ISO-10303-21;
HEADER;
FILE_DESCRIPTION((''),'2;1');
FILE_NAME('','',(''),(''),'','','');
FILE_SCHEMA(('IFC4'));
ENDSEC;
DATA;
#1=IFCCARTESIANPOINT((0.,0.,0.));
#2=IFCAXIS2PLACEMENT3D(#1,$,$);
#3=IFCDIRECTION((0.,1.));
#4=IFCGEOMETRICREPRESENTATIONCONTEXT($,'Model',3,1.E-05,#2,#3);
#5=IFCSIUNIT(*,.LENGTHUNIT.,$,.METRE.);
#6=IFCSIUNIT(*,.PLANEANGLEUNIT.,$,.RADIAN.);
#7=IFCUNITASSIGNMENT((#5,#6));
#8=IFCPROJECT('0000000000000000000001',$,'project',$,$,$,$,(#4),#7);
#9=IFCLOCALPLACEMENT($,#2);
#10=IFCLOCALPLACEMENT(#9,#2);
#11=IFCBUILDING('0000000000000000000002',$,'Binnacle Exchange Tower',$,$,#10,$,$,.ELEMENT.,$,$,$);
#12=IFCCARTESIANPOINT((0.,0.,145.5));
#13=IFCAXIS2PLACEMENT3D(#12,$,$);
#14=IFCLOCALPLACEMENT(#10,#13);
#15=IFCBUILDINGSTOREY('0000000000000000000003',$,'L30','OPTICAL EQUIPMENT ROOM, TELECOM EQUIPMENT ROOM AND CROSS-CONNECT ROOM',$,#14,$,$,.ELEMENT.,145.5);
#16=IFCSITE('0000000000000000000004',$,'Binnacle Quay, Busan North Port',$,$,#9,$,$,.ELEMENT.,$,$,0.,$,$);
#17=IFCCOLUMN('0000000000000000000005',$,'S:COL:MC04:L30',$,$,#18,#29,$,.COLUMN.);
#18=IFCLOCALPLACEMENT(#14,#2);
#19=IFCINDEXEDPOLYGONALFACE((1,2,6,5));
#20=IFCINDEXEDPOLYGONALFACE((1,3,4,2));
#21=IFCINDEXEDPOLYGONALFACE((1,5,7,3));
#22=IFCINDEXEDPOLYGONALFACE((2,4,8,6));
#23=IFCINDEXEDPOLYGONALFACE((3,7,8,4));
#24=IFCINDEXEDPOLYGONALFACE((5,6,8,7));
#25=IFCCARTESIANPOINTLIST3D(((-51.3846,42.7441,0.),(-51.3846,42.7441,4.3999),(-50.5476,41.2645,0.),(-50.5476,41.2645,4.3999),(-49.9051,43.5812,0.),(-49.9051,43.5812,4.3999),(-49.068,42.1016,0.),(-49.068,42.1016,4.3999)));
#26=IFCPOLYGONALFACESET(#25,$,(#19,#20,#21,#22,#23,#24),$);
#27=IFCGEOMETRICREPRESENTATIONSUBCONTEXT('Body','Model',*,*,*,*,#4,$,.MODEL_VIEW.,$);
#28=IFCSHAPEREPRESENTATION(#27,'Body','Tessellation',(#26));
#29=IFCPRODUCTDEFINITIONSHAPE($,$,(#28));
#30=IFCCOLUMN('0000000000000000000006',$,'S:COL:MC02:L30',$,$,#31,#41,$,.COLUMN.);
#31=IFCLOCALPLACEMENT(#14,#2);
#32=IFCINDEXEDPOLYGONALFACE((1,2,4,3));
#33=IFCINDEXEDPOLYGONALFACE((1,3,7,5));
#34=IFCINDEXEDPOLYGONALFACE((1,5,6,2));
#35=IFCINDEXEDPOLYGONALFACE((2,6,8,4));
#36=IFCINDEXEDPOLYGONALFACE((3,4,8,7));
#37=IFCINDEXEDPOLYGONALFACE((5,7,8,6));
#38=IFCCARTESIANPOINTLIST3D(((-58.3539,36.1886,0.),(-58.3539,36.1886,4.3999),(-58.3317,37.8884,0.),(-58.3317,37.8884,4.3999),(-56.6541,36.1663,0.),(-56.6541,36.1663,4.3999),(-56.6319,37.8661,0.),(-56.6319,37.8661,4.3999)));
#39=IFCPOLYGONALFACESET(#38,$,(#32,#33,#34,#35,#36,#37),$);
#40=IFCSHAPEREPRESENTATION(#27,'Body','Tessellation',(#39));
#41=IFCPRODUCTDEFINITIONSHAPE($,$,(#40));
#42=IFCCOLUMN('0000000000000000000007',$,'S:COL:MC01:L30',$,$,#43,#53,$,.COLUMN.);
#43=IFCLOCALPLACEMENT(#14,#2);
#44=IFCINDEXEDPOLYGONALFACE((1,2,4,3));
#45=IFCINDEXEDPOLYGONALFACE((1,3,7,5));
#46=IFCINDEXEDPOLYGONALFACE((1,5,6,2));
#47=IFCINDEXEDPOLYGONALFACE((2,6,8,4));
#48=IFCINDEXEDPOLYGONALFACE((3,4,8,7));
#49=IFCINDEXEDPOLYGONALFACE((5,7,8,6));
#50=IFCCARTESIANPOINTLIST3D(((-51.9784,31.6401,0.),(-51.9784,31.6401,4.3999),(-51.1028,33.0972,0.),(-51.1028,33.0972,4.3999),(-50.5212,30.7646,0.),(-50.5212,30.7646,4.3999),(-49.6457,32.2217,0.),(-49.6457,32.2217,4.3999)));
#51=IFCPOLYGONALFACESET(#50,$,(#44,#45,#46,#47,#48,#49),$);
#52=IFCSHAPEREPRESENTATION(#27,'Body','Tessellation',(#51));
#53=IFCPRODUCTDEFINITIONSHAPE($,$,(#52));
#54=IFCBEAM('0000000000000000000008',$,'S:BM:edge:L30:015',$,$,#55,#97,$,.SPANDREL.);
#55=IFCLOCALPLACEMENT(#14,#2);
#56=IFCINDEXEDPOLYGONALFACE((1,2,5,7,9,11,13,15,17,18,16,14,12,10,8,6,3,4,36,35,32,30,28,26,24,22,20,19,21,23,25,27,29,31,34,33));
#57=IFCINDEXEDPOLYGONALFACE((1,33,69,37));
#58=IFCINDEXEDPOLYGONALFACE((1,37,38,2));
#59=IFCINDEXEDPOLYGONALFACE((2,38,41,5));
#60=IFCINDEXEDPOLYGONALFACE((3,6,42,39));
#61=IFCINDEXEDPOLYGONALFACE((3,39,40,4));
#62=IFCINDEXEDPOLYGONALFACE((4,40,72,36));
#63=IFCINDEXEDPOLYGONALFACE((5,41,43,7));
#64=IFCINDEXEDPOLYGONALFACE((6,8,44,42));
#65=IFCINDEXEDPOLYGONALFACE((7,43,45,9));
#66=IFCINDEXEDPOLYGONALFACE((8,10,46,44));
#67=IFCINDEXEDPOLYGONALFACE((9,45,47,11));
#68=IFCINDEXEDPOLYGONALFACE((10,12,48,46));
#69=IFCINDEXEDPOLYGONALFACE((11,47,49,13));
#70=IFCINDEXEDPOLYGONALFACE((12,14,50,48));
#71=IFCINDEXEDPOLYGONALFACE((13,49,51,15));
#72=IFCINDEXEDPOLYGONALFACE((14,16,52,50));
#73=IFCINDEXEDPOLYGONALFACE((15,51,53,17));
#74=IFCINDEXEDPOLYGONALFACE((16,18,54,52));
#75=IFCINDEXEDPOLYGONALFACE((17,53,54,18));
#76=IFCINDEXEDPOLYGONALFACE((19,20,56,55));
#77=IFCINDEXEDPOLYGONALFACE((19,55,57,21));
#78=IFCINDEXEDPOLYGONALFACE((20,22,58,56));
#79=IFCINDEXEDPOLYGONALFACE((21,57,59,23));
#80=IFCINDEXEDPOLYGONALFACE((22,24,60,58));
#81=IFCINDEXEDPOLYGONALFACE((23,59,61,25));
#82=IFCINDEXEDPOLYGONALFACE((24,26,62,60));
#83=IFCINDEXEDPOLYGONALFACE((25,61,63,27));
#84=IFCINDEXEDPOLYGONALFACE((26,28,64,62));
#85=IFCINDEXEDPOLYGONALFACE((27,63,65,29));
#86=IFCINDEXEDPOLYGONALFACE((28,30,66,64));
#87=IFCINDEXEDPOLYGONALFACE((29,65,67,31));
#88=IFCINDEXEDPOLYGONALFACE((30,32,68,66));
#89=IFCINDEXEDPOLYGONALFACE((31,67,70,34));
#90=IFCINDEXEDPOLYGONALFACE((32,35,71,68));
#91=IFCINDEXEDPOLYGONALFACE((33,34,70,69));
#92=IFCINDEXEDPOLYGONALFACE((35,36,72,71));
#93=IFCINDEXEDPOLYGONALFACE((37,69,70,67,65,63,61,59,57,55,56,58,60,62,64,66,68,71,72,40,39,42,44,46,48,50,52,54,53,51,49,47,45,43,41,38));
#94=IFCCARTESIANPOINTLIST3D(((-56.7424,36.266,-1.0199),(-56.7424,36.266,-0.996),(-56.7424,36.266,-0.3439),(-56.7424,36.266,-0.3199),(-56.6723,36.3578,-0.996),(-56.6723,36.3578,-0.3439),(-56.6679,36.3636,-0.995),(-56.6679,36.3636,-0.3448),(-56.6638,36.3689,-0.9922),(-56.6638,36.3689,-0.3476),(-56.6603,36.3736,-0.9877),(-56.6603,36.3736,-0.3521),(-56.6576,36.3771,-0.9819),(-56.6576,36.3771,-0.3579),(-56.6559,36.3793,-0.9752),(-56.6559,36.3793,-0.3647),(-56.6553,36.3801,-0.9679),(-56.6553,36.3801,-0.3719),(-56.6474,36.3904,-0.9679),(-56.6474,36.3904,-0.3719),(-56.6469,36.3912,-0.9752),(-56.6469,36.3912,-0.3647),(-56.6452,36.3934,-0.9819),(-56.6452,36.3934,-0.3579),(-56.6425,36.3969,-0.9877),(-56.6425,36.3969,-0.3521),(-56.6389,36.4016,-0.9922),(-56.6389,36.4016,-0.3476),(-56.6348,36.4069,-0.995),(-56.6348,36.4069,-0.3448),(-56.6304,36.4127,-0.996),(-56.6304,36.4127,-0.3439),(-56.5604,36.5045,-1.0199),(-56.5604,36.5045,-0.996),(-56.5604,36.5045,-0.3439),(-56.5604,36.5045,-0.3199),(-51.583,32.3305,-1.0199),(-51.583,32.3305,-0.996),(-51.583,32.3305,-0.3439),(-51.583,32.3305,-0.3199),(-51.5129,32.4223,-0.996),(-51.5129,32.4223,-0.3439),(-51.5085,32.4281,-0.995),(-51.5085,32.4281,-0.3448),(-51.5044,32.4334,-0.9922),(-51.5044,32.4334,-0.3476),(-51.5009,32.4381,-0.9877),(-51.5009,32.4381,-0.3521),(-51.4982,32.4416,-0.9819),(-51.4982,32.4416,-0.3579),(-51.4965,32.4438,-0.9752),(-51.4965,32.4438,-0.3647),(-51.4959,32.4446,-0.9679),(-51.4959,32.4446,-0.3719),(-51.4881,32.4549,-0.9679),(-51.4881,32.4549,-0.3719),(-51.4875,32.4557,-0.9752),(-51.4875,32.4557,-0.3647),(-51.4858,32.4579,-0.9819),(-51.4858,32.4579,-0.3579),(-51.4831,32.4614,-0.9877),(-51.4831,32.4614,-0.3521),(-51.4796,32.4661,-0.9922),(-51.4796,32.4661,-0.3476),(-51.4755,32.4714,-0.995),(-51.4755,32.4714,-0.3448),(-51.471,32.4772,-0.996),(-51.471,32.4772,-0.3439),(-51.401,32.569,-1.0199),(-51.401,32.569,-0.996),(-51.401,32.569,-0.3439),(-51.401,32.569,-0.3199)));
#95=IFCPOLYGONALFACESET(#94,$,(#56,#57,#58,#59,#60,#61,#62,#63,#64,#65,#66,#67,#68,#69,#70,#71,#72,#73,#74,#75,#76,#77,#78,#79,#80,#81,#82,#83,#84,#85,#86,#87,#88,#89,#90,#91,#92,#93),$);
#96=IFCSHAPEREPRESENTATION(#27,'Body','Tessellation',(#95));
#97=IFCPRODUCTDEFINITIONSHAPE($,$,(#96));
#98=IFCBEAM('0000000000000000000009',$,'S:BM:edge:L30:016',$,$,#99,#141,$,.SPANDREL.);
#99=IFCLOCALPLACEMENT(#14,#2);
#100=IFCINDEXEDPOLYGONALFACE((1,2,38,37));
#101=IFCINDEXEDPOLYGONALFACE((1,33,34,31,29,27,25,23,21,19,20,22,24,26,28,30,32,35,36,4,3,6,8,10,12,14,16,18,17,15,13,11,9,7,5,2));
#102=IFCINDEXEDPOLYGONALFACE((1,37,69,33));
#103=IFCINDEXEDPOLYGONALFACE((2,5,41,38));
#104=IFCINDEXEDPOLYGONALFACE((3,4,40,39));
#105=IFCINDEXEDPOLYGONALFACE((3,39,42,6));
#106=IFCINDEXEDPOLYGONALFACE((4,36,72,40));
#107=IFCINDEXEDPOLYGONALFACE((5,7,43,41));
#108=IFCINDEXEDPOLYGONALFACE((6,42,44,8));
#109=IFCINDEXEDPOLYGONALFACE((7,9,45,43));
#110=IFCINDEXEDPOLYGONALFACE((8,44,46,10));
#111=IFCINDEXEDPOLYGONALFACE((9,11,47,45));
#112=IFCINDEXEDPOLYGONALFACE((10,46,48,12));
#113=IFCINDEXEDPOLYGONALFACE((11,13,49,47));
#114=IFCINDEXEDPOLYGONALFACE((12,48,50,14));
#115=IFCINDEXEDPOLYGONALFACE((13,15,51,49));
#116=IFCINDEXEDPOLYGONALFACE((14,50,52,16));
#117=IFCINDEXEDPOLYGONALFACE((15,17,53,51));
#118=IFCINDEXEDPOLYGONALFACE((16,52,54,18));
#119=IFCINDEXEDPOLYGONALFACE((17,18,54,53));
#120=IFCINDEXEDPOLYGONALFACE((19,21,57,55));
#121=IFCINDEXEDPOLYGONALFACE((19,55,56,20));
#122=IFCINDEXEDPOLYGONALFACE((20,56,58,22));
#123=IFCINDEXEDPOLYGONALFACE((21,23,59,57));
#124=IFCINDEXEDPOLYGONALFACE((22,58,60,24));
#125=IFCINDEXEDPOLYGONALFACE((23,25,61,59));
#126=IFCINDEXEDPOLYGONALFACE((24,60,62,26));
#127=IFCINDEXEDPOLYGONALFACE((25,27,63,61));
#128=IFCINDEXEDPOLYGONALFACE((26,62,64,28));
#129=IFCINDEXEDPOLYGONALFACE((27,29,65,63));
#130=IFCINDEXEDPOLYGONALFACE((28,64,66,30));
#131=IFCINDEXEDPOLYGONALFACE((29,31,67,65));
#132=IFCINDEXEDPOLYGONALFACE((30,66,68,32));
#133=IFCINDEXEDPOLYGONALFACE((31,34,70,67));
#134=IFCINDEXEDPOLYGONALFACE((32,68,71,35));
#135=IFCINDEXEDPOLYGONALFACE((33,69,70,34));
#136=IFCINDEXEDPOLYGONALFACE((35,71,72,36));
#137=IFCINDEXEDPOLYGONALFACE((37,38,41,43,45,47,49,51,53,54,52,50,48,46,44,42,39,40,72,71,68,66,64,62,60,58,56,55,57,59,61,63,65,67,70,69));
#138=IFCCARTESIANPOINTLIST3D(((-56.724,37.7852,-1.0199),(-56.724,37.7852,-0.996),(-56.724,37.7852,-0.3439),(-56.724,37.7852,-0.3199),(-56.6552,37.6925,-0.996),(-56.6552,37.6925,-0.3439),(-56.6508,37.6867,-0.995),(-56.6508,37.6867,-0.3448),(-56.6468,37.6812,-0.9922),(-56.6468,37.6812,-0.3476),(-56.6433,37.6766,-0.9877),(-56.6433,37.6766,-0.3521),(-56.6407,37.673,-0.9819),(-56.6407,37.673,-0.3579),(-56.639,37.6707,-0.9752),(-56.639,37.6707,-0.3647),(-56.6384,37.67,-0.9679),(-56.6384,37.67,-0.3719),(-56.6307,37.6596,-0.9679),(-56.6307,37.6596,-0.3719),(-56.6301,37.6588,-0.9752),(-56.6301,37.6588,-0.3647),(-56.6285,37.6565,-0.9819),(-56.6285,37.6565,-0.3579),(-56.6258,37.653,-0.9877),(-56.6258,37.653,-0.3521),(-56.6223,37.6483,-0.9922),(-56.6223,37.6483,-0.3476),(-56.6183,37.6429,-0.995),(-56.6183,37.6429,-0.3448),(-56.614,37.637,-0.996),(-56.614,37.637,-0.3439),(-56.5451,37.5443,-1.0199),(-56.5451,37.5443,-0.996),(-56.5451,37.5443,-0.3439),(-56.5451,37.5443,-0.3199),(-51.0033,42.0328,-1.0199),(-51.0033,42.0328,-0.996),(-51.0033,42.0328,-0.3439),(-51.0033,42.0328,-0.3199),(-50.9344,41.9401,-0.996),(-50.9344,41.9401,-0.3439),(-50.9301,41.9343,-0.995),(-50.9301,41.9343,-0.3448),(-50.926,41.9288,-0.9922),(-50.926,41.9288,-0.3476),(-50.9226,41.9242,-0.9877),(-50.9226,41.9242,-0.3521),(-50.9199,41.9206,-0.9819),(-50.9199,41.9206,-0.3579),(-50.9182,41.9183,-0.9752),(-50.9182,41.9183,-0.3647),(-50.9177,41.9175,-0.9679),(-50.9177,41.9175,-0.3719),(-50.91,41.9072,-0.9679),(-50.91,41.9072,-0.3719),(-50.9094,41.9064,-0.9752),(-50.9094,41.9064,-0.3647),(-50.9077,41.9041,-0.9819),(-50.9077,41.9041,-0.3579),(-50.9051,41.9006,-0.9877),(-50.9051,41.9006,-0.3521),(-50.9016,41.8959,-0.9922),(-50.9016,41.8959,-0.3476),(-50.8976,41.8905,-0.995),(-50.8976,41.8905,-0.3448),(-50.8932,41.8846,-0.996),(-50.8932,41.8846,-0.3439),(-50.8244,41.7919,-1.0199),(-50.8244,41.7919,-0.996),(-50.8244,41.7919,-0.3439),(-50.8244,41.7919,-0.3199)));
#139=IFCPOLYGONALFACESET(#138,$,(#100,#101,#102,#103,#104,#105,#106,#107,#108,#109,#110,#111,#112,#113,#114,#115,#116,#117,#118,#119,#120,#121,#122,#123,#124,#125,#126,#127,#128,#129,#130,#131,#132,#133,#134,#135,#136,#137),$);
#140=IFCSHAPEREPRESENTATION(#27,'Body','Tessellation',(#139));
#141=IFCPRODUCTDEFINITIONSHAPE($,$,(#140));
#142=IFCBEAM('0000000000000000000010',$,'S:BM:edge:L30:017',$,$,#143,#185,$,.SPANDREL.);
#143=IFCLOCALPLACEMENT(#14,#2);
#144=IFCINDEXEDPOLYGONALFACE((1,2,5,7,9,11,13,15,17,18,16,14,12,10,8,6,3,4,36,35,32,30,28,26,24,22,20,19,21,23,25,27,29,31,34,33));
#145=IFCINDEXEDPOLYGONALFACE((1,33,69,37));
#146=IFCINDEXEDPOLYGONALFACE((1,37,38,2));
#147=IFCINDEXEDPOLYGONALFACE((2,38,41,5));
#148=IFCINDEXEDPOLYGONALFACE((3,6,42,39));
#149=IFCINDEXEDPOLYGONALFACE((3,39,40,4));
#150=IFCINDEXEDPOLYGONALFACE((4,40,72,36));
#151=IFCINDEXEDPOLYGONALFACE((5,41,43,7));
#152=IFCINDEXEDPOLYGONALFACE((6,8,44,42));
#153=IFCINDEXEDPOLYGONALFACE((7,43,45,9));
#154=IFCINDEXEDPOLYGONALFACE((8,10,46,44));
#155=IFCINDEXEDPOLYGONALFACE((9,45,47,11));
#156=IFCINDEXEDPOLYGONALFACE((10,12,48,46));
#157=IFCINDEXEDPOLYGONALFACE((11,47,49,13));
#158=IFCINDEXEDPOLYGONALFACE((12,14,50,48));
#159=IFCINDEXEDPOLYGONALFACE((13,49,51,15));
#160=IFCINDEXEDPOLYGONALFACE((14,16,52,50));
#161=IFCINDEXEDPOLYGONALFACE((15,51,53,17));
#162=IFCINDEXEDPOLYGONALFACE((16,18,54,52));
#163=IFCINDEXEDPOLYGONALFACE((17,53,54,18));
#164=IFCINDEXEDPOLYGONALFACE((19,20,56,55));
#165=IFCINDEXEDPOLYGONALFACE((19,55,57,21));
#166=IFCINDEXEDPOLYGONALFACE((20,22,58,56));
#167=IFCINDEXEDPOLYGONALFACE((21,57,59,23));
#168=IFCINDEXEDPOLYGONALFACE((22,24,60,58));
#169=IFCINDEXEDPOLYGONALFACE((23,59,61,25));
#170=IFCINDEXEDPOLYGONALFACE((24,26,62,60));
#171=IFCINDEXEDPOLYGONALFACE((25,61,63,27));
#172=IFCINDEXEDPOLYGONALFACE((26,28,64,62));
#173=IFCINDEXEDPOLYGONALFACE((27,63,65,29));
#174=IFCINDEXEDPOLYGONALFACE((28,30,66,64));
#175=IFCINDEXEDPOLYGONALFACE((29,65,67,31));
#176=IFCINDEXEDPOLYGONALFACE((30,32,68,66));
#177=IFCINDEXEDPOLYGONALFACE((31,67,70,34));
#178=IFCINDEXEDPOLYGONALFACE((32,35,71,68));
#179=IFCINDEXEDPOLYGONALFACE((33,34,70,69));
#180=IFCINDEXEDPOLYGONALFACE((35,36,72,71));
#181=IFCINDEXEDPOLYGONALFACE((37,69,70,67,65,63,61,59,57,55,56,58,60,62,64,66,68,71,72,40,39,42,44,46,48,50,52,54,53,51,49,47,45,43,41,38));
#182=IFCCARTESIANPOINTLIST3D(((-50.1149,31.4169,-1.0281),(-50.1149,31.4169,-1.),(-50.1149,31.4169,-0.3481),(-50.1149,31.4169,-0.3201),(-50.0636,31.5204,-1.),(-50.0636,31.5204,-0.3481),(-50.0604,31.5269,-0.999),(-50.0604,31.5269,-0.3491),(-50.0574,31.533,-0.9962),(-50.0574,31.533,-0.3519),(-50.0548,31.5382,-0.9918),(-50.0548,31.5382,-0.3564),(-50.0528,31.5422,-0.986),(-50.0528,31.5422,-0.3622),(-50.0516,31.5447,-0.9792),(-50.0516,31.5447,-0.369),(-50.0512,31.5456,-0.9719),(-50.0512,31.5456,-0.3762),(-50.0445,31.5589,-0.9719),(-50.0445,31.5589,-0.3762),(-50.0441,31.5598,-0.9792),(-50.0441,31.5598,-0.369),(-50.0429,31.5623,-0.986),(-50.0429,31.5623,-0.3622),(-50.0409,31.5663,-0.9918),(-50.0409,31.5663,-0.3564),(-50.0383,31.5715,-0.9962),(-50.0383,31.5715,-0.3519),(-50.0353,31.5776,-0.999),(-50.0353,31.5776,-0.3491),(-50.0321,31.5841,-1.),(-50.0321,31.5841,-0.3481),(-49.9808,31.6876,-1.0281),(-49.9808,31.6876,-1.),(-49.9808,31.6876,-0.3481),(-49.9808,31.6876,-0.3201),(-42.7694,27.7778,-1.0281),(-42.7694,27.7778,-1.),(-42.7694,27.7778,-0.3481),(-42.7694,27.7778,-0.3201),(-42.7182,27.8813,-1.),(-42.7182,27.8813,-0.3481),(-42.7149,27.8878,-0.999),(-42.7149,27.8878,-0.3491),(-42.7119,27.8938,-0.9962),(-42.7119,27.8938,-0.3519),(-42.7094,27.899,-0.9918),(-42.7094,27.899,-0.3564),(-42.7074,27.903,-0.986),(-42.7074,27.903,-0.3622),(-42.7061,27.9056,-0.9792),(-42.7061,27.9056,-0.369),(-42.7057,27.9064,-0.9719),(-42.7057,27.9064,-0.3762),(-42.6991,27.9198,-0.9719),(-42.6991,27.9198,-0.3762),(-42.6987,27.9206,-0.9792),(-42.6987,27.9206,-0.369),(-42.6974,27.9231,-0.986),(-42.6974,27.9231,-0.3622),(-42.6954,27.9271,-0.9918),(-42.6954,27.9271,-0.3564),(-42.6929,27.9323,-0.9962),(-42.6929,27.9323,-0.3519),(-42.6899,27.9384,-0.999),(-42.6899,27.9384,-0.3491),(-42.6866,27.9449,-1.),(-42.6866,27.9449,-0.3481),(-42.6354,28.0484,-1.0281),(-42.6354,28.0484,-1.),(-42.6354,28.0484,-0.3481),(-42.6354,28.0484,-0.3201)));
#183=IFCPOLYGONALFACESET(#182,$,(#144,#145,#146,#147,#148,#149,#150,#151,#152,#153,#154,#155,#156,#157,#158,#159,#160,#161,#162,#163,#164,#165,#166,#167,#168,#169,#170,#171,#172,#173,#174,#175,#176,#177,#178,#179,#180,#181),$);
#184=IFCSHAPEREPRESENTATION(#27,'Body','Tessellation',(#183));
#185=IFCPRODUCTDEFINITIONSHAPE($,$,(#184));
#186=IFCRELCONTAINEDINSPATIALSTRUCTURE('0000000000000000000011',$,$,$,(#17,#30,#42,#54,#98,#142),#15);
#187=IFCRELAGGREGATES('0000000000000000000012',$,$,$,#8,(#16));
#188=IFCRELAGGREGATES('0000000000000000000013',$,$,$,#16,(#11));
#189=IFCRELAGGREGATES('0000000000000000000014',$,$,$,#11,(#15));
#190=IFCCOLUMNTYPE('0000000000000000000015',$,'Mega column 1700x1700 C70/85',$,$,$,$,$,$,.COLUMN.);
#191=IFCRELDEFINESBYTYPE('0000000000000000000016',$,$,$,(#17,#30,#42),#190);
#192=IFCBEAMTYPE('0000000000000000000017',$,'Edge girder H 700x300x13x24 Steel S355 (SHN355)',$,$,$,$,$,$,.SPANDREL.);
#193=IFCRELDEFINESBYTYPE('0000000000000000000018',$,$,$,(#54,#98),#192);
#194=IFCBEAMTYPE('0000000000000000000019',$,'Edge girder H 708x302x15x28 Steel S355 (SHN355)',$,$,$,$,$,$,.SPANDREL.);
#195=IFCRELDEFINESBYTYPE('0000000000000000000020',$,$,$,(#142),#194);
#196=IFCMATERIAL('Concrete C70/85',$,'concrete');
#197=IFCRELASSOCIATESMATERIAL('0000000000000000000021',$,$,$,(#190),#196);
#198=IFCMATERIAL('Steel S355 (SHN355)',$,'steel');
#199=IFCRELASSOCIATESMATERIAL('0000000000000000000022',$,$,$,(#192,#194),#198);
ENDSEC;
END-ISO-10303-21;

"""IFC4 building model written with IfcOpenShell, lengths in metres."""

from ifc_helpers import new_model, si_unit, direction, frame, origin, origin_2d, place, context, subcontext, project, spatial, rectangle, i_section, extrude, material, material_profile, profile_set, type_object, element, save


model = new_model("IFC4")

# Units and contexts
model_context = context("Model", 3, precision=1e-05, world=origin(), true_north=direction((0.0, 1.0)))
body_context = subcontext(model_context, "Body", "Model", "MODEL_VIEW")
ifc_project = project(units=[si_unit("LENGTHUNIT", "METRE"), si_unit("PLANEANGLEUNIT", "RADIAN")], contexts=[model_context])

# Site, building, storey
site_placement = place(None, origin())
site = spatial("IfcSite", under=ifc_project, at=site_placement, Name="Binnacle Quay, Busan North Port", CompositionType="ELEMENT", RefElevation=0.0)
building_placement = place(site_placement, origin())
building = spatial("IfcBuilding", under=site, at=building_placement, Name="Binnacle Exchange Tower", CompositionType="ELEMENT")
storey_placement = place(building_placement, frame((0.0, 0.0, 145.5)))
storey = spatial("IfcBuildingStorey", under=building, at=storey_placement, Name="L30", Description="OPTICAL EQUIPMENT ROOM, TELECOM EQUIPMENT ROOM AND CROSS-CONNECT ROOM", CompositionType="ELEMENT", Elevation=145.5)

# Columns
ifc_material_1 = material(Name="Concrete C70/85", Category="concrete")
ifc_material_profile_1 = material_profile(ifc_material_1, rectangle(XDim=1.7, YDim=1.7, at=origin_2d()), Name="Mega column 1700x1700 C70/85")
ifc_profile_set_1 = profile_set([ifc_material_profile_1], Name="Concrete C70/85")
column_type = type_object("IfcColumnType", Name="Mega column 1700x1700 C70/85", PredefinedType="COLUMN", material=ifc_profile_set_1)
for number, where, z_axis, x_axis, name in (
    (1, (-50.2263, 42.4229, 0.0), (0.0, 0.0, 1.0), (-0.870356, -0.492424, 0.0), "S:COL:MC04:L30"),
    (2, (-57.4929, 37.0273, 0.0), (0.0, 0.0, 1.0), (-0.01309, -0.999914, 0.0), "S:COL:MC02:L30"),
    (3, (-50.812, 31.9309, 0.0), (0.0, 0.0, 1.0), (0.857167, -0.515038, 0.0), "S:COL:MC01:L30"),
):
    element("IfcColumn", number, at=place(storey_placement, frame(where, z_axis=z_axis, x_axis=x_axis)), inside=storey, type_object=column_type, Name=name, PredefinedType="COLUMN", context=body_context, shape_type="SweptSolid", body=[
        extrude(rectangle(XDim=1.7, YDim=1.7, at=origin_2d()), origin(), (0.0, 0.0, 1.0), 4.3999),
    ])

# Beams
ifc_material_2 = material(Name="Steel S355 (SHN355)", Category="steel")
ifc_material_profile_2 = material_profile(ifc_material_2, i_section(OverallWidth=0.3, OverallDepth=0.7, WebThickness=0.0129, FlangeThickness=0.0239, FilletRadius=0.0281, at=origin_2d()), Name="H 700x300x13x24")
ifc_profile_set_2 = profile_set([ifc_material_profile_2], Name="Steel S355 (SHN355)")
beam_type_1 = type_object("IfcBeamType", Name="Edge girder H 700x300x13x24 Steel S355 (SHN355)", PredefinedType="SPANDREL", material=ifc_profile_set_2)
beam_1_placement = place(storey_placement, frame((-56.6514, 36.3853, -0.6699), z_axis=(0.795093, -0.606487, 0.0), x_axis=(0.606487, 0.795093, 0.0)))
element("IfcBeam", 4, at=beam_1_placement, inside=storey, type_object=beam_type_1, Name="S:BM:edge:L30:015", PredefinedType="SPANDREL", context=body_context, shape_type="SweptSolid", body=[
    extrude(i_section(OverallWidth=0.3, OverallDepth=0.7, WebThickness=0.0129, FlangeThickness=0.0239, FilletRadius=0.0281, at=origin_2d()), origin(), (0.0, 0.0, 1.0), 6.489),
])
beam_2_placement = place(storey_placement, frame((-50.9138, 41.9124, -0.6699), z_axis=(-0.802885, -0.596133, 0.0), x_axis=(0.596133, -0.802885, 0.0)))
element("IfcBeam", 5, at=beam_2_placement, inside=storey, type_object=beam_type_1, Name="S:BM:edge:L30:016", PredefinedType="SPANDREL", context=body_context, shape_type="SweptSolid", body=[
    extrude(i_section(OverallWidth=0.3, OverallDepth=0.7, WebThickness=0.0129, FlangeThickness=0.0239, FilletRadius=0.0281, at=origin_2d()), origin(), (0.0, 0.0, 1.0), 7.1252),
])
ifc_material_profile_3 = material_profile(ifc_material_2, i_section(OverallWidth=0.302, OverallDepth=0.708, WebThickness=0.0149, FlangeThickness=0.0281, FilletRadius=0.0281, at=origin_2d()), Name="H 708x302x15x28")
ifc_profile_set_3 = profile_set([ifc_material_profile_3], Name="Steel S355 (SHN355)")
beam_type_2 = type_object("IfcBeamType", Name="Edge girder H 708x302x15x28 Steel S355 (SHN355)", PredefinedType="SPANDREL", material=ifc_profile_set_3)
beam_3_placement = place(storey_placement, frame((-50.0479, 31.5522, -0.6741), z_axis=(0.896059, -0.443935, 0.0), x_axis=(0.443935, 0.896059, 0.0)))
element("IfcBeam", 6, at=beam_3_placement, inside=storey, type_object=beam_type_2, Name="S:BM:edge:L30:017", PredefinedType="SPANDREL", context=body_context, shape_type="SweptSolid", body=[
    extrude(i_section(OverallWidth=0.302, OverallDepth=0.708, WebThickness=0.0149, FlangeThickness=0.0281, FilletRadius=0.0281, at=origin_2d()), origin(), (0.0, 0.0, 1.0), 8.1975),
])

save(model, "model.ifc")
